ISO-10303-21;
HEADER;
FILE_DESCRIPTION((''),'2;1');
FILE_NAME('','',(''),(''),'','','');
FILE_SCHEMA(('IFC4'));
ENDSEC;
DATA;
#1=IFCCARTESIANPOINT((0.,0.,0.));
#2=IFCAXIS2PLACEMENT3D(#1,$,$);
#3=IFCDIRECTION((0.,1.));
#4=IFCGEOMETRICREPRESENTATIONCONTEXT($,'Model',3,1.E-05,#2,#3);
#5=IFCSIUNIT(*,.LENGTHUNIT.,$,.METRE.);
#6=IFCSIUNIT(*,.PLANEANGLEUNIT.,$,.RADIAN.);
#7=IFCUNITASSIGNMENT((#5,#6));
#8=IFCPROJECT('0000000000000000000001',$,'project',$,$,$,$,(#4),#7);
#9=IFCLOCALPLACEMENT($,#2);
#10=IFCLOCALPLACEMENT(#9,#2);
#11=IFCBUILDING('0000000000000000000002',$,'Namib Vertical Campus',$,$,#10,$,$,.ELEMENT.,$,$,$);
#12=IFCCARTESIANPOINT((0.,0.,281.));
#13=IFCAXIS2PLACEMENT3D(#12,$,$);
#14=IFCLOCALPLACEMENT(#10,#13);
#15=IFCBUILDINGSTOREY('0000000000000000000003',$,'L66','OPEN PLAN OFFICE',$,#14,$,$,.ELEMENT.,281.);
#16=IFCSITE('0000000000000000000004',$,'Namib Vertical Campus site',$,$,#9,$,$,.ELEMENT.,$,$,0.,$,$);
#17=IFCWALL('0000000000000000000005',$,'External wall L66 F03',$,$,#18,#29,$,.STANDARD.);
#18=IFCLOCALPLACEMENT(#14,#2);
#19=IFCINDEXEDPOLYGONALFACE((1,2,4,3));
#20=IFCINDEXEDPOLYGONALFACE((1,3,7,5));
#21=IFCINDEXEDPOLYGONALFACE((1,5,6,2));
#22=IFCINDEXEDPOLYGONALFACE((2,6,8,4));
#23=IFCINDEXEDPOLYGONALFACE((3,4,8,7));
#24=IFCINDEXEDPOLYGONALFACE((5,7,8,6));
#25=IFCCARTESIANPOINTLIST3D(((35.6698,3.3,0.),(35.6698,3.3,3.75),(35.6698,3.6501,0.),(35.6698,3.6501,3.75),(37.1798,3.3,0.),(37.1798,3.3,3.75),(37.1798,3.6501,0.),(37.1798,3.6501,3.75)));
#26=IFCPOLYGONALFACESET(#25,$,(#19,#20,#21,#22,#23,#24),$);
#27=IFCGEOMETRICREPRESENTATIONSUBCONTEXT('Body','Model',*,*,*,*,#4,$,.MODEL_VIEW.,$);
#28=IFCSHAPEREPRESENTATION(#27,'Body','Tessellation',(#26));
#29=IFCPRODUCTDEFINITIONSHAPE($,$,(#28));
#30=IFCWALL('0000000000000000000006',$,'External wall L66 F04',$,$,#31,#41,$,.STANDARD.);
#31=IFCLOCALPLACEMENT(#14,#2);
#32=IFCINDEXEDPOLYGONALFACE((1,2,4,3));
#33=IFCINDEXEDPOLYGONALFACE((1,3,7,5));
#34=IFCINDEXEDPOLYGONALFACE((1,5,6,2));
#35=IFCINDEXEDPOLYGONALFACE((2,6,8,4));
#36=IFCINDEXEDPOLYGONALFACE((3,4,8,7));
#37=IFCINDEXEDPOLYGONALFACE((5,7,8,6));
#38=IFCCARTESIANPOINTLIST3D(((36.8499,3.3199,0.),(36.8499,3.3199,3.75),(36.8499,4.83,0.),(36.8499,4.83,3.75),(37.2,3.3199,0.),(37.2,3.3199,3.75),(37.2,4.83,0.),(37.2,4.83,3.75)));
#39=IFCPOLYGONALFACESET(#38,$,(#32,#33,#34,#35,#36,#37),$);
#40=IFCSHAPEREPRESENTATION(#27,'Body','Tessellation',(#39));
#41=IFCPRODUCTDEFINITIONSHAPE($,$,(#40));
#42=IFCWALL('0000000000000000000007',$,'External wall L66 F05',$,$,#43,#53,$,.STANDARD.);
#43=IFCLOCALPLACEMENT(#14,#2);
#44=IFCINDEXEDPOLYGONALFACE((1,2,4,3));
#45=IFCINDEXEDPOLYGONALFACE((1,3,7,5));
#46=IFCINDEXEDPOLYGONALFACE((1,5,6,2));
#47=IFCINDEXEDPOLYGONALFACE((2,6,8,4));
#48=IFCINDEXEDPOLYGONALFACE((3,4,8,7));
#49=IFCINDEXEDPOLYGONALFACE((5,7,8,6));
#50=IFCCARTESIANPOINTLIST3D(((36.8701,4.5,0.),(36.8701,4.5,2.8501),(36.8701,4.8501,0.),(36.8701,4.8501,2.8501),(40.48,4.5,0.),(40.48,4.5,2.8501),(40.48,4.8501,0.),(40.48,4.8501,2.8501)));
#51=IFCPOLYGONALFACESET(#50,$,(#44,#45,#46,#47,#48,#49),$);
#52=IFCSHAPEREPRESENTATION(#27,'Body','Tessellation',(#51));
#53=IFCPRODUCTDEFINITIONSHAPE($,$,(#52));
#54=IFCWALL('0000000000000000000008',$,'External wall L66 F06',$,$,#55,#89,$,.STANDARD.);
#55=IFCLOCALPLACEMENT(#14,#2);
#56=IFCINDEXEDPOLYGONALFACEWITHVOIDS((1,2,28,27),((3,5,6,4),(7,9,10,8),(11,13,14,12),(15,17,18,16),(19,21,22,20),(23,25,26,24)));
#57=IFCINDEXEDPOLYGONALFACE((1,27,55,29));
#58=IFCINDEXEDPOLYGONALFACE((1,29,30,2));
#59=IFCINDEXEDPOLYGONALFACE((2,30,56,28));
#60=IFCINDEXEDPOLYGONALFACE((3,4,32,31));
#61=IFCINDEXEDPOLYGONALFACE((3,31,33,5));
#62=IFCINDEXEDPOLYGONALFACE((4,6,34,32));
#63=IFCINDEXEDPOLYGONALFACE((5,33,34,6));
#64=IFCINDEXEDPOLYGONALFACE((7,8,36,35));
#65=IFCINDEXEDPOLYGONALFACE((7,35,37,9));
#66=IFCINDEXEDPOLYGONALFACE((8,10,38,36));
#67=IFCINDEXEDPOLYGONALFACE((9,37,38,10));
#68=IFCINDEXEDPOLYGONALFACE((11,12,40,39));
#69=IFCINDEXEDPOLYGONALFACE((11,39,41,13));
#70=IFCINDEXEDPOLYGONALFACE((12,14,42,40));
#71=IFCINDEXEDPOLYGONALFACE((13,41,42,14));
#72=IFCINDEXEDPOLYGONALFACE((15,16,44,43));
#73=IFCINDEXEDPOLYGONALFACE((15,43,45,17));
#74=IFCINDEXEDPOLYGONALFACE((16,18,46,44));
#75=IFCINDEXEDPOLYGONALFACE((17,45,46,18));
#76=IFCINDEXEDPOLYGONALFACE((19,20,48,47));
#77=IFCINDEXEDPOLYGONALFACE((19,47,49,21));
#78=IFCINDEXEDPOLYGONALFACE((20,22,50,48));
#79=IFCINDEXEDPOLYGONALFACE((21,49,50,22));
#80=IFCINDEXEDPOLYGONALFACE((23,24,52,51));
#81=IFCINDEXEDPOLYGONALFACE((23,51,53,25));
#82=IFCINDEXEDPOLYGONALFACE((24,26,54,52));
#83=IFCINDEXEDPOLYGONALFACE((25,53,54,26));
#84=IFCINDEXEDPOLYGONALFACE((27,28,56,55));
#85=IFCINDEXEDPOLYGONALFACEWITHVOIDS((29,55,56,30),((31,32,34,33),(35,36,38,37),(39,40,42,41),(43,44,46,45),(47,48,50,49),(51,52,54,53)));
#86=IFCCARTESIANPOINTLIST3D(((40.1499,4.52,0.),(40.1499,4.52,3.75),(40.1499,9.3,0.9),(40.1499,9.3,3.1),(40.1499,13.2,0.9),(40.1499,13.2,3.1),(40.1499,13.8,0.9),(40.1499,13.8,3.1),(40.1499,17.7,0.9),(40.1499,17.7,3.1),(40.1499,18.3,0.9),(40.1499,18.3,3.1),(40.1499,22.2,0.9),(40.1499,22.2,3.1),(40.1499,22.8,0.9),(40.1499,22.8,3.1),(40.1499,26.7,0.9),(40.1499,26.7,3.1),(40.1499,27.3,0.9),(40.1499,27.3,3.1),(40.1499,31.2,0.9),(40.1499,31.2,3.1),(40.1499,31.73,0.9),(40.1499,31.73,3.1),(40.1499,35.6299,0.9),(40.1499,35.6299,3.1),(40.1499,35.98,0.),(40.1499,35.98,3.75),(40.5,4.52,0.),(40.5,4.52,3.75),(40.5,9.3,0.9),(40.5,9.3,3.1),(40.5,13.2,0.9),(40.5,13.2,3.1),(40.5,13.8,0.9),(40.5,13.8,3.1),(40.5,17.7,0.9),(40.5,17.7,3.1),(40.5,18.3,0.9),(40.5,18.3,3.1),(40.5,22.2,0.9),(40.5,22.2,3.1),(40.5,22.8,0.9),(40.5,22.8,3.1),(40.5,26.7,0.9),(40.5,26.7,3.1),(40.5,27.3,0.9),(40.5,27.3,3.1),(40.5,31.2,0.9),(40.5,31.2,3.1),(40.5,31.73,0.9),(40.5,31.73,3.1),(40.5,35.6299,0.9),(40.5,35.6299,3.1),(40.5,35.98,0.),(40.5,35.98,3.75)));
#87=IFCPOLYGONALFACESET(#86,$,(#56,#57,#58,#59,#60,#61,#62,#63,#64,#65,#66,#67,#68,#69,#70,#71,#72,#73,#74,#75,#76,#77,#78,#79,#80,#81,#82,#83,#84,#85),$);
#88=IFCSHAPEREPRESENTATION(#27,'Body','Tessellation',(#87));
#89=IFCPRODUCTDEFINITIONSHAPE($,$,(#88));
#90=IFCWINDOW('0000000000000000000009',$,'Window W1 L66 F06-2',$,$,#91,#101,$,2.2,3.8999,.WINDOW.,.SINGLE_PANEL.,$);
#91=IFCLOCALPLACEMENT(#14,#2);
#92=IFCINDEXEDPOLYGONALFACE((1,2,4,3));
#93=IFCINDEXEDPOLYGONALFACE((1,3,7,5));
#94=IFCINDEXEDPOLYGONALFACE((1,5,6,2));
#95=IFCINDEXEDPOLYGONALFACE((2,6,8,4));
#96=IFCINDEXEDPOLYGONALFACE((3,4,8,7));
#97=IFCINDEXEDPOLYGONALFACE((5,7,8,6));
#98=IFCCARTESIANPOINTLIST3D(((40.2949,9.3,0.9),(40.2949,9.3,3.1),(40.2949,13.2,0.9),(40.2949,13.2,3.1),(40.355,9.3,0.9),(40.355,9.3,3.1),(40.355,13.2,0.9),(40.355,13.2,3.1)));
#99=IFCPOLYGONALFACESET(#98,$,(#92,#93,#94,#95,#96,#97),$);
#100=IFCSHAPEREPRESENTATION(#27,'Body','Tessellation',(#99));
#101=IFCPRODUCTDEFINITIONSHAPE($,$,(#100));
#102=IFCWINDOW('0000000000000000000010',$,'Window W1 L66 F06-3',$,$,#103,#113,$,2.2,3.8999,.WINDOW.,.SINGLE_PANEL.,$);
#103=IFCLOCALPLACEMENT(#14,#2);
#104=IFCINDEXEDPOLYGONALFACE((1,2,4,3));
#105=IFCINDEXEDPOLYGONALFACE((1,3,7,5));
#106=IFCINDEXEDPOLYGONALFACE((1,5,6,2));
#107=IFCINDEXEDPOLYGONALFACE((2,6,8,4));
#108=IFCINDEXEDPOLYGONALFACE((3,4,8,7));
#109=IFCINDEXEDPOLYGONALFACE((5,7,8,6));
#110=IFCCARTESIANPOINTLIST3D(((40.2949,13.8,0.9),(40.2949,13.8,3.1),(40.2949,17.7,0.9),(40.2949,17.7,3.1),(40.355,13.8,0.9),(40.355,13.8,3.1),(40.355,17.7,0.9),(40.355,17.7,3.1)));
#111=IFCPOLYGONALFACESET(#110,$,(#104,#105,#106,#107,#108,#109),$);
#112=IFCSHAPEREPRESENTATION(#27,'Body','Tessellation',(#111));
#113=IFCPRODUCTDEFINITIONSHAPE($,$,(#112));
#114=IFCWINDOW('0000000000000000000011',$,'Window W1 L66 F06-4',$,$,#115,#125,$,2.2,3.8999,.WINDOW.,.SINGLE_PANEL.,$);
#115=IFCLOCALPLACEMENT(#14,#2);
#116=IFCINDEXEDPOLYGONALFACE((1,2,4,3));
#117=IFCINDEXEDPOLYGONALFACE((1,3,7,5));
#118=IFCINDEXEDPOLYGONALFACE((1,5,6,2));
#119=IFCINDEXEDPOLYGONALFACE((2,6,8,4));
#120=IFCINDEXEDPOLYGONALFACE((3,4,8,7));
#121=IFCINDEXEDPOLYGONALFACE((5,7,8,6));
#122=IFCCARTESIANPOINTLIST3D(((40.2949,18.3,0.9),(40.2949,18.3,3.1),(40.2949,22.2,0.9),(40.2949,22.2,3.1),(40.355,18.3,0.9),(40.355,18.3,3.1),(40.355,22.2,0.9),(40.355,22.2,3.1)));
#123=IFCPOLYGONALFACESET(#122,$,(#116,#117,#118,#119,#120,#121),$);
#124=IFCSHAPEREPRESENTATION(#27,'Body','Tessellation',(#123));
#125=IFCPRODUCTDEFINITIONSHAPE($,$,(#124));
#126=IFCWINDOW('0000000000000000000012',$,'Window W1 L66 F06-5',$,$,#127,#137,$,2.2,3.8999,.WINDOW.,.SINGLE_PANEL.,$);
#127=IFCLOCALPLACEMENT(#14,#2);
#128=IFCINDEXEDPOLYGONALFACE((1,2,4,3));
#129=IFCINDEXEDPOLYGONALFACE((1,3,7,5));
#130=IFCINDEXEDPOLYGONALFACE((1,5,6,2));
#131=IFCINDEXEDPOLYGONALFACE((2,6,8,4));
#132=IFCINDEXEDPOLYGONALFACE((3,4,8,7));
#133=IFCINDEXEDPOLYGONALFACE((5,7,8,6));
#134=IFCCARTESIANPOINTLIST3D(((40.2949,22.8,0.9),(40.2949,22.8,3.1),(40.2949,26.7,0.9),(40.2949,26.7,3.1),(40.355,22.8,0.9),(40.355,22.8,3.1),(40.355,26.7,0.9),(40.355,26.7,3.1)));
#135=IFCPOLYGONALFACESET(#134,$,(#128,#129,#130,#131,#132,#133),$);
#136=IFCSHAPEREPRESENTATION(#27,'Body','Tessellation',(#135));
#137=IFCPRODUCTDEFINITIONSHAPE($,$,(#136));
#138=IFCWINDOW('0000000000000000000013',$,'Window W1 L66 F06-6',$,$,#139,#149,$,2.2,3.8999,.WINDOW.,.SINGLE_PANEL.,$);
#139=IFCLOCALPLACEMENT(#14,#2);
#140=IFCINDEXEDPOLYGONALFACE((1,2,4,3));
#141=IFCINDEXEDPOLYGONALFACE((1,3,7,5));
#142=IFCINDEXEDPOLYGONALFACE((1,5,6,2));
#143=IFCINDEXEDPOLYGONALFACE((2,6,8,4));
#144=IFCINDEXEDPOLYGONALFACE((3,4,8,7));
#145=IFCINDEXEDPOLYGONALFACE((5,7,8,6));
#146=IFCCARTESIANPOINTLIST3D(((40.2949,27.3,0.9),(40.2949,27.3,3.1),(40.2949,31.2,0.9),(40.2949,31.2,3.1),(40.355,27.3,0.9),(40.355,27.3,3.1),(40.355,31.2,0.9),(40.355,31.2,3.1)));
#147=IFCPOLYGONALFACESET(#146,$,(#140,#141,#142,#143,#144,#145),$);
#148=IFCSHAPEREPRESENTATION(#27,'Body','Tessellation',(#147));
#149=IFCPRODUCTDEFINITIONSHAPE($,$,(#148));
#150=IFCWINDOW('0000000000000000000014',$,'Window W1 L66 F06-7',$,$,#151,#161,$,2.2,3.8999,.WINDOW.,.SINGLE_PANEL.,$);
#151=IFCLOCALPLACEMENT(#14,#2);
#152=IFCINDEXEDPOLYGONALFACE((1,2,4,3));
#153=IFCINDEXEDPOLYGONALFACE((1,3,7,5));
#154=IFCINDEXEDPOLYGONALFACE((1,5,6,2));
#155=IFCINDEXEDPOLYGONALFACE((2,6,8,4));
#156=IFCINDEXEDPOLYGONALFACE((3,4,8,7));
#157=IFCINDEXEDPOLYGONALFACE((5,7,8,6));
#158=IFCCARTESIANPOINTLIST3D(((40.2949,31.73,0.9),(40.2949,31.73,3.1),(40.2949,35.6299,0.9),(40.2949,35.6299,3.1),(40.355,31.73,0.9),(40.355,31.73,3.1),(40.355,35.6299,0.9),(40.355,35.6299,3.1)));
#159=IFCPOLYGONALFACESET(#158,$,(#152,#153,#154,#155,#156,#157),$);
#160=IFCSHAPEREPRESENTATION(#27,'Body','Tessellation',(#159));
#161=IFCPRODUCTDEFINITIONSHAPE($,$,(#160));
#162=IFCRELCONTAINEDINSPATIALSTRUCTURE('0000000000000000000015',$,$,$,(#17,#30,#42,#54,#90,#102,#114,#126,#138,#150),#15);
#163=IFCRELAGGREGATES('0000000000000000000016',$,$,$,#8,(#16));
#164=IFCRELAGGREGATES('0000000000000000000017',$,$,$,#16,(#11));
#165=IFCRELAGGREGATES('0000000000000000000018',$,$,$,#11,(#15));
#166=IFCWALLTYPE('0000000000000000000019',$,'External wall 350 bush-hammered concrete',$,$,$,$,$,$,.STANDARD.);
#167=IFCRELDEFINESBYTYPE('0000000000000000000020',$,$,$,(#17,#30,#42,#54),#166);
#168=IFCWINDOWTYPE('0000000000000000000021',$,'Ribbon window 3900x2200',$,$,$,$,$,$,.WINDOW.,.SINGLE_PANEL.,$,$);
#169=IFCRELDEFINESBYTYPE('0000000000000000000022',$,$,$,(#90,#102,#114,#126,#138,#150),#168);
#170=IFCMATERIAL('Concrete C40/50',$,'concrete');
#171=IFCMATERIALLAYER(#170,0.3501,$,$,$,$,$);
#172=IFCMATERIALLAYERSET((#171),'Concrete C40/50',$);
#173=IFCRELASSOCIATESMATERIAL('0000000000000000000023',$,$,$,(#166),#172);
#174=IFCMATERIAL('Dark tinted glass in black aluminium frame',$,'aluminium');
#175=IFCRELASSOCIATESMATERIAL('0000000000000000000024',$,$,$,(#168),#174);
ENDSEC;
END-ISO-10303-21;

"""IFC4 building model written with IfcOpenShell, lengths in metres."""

from ifc_helpers import new_model, si_unit, direction, frame, frame_2d, origin, place, context, subcontext, project, spatial, rectangle, extrude, material, layer, layer_set, type_object, element, fill, save


model = new_model("IFC4")

# Units and contexts
model_context = context("Model", 3, precision=1e-05, world=origin(), true_north=direction((0.0, 1.0)))
body_context = subcontext(model_context, "Body", "Model", "MODEL_VIEW")
ifc_project = project(units=[si_unit("LENGTHUNIT", "METRE"), si_unit("PLANEANGLEUNIT", "RADIAN")], contexts=[model_context])

# Site, building, storey
site_placement = place(None, origin())
site = spatial("IfcSite", under=ifc_project, at=site_placement, Name="Namib Vertical Campus site", CompositionType="ELEMENT", RefElevation=0.0)
building_placement = place(site_placement, origin())
building = spatial("IfcBuilding", under=site, at=building_placement, Name="Namib Vertical Campus", CompositionType="ELEMENT")
storey_placement = place(building_placement, frame((0.0, 0.0, 281.0)))
storey = spatial("IfcBuildingStorey", under=building, at=storey_placement, Name="L66", Description="OPEN PLAN OFFICE", CompositionType="ELEMENT", Elevation=281.0)

# Walls
ifc_material_1 = material(Name="Concrete C40/50", Category="concrete")
ifc_layer_1 = layer(ifc_material_1, 0.3501)
ifc_layer_set_1 = layer_set([ifc_layer_1], Name="Concrete C40/50")
wall_type = type_object("IfcWallType", Name="External wall 350 bush-hammered concrete", PredefinedType="STANDARD", material=ifc_layer_set_1)
for number, where, z_axis, x_axis, name in (
    (1, (35.6699, 3.4751, 0.0), (0.0, 0.0, 1.0), (1.0, 0.0, 0.0), "External wall L66 F03"),
    (2, (37.0249, 3.3201, 0.0), (0.0, 0.0, 1.0), (0.0, 1.0, 0.0), "External wall L66 F04"),
):
    element("IfcWall", number, at=place(storey_placement, frame(where, z_axis=z_axis, x_axis=x_axis)), inside=storey, type_object=wall_type, Name=name, PredefinedType="STANDARD", context=body_context, shape_type="SweptSolid", body=[
        extrude(rectangle(XDim=1.51, YDim=0.3501, at=frame_2d((0.7549, 0.0))), origin(), (0.0, 0.0, 1.0), 3.75),
    ])
wall_1_placement = place(storey_placement, frame((36.8701, 4.675, 0.0), z_axis=(0.0, 0.0, 1.0), x_axis=(1.0, 0.0, 0.0)))
element("IfcWall", 3, at=wall_1_placement, inside=storey, type_object=wall_type, Name="External wall L66 F05", PredefinedType="STANDARD", context=body_context, shape_type="SweptSolid", body=[
    extrude(rectangle(XDim=3.6099, YDim=0.3501, at=frame_2d((1.8049, 0.0))), origin(), (0.0, 0.0, 1.0), 2.8501),
])

# Wall, openings, windows
wall_2_placement = place(storey_placement, frame((40.325, 4.52, 0.0), z_axis=(0.0, 0.0, 1.0), x_axis=(0.0, 1.0, 0.0)))
wall_2 = element("IfcWall", 4, at=wall_2_placement, inside=storey, type_object=wall_type, Name="External wall L66 F06", PredefinedType="STANDARD", context=body_context, shape_type="SweptSolid", body=[
    extrude(rectangle(XDim=31.46, YDim=0.3501, at=frame_2d((15.73, 0.0))), origin(), (0.0, 0.0, 1.0), 3.75),
])
opening_1_placement = place(wall_2_placement, frame((4.78, 0.0, 0.8999)))
opening_1 = element("IfcOpeningElement", 5, at=opening_1_placement, cuts=wall_2, PredefinedType="OPENING", context=body_context, shape_type="SweptSolid", body=[
    extrude(rectangle(XDim=3.8999, YDim=2.2, at=frame_2d((1.95, 1.1001))), frame((0.0, 0.1851, 0.0), z_axis=(0.0, -1.0, 0.0), x_axis=(1.0, 0.0, 0.0)), (0.0, 0.0, 1.0), 0.3701),
])
opening_2_placement = place(wall_2_placement, frame((9.28, 0.0, 0.8999)))
opening_2 = element("IfcOpeningElement", 6, at=opening_2_placement, cuts=wall_2, PredefinedType="OPENING", context=body_context, shape_type="SweptSolid", body=[
    extrude(rectangle(XDim=3.8999, YDim=2.2, at=frame_2d((1.95, 1.1001))), frame((0.0, 0.1851, 0.0), z_axis=(0.0, -1.0, 0.0), x_axis=(1.0, 0.0, 0.0)), (0.0, 0.0, 1.0), 0.3701),
])
opening_3_placement = place(wall_2_placement, frame((13.78, 0.0, 0.8999)))
opening_3 = element("IfcOpeningElement", 7, at=opening_3_placement, cuts=wall_2, PredefinedType="OPENING", context=body_context, shape_type="SweptSolid", body=[
    extrude(rectangle(XDim=3.8999, YDim=2.2, at=frame_2d((1.95, 1.1001))), frame((0.0, 0.1851, 0.0), z_axis=(0.0, -1.0, 0.0), x_axis=(1.0, 0.0, 0.0)), (0.0, 0.0, 1.0), 0.3701),
])
opening_4_placement = place(wall_2_placement, frame((18.28, 0.0, 0.8999)))
opening_4 = element("IfcOpeningElement", 8, at=opening_4_placement, cuts=wall_2, PredefinedType="OPENING", context=body_context, shape_type="SweptSolid", body=[
    extrude(rectangle(XDim=3.8999, YDim=2.2, at=frame_2d((1.95, 1.1001))), frame((0.0, 0.1851, 0.0), z_axis=(0.0, -1.0, 0.0), x_axis=(1.0, 0.0, 0.0)), (0.0, 0.0, 1.0), 0.3701),
])
opening_5_placement = place(wall_2_placement, frame((22.78, 0.0, 0.8999)))
opening_5 = element("IfcOpeningElement", 9, at=opening_5_placement, cuts=wall_2, PredefinedType="OPENING", context=body_context, shape_type="SweptSolid", body=[
    extrude(rectangle(XDim=3.8999, YDim=2.2, at=frame_2d((1.95, 1.1001))), frame((0.0, 0.1851, 0.0), z_axis=(0.0, -1.0, 0.0), x_axis=(1.0, 0.0, 0.0)), (0.0, 0.0, 1.0), 0.3701),
])
opening_6_placement = place(wall_2_placement, frame((27.21, 0.0, 0.8999)))
opening_6 = element("IfcOpeningElement", 10, at=opening_6_placement, cuts=wall_2, PredefinedType="OPENING", context=body_context, shape_type="SweptSolid", body=[
    extrude(rectangle(XDim=3.8999, YDim=2.2, at=frame_2d((1.95, 1.1001))), frame((0.0, 0.1851, 0.0), z_axis=(0.0, -1.0, 0.0), x_axis=(1.0, 0.0, 0.0)), (0.0, 0.0, 1.0), 0.3701),
])
ifc_material_2 = material(Name="Dark tinted glass in black aluminium frame", Category="aluminium")
window_type = type_object("IfcWindowType", Name="Ribbon window 3900x2200", PartitioningType="SINGLE_PANEL", PredefinedType="WINDOW", material=ifc_material_2)
window_1_placement = place(opening_1_placement, origin())
window_1 = element("IfcWindow", 11, at=window_1_placement, inside=storey, type_object=window_type, Name="Window W1 L66 F06-2", OverallHeight=2.2, OverallWidth=3.8999, PartitioningType="SINGLE_PANEL", PredefinedType="WINDOW", context=body_context, shape_type="SweptSolid", body=[
    extrude(rectangle(XDim=3.8999, YDim=2.2, at=frame_2d((1.95, 1.1001))), frame((0.0, 0.03, 0.0), z_axis=(0.0, -1.0, 0.0), x_axis=(1.0, 0.0, 0.0)), (0.0, 0.0, 1.0), 0.0601),
])
fill(opening_1, window_1)
window_2_placement = place(opening_2_placement, origin())
window_2 = element("IfcWindow", 12, at=window_2_placement, inside=storey, type_object=window_type, Name="Window W1 L66 F06-3", OverallHeight=2.2, OverallWidth=3.8999, PartitioningType="SINGLE_PANEL", PredefinedType="WINDOW", context=body_context, shape_type="SweptSolid", body=[
    extrude(rectangle(XDim=3.8999, YDim=2.2, at=frame_2d((1.95, 1.1001))), frame((0.0, 0.03, 0.0), z_axis=(0.0, -1.0, 0.0), x_axis=(1.0, 0.0, 0.0)), (0.0, 0.0, 1.0), 0.0601),
])
fill(opening_2, window_2)
window_3_placement = place(opening_3_placement, origin())
window_3 = element("IfcWindow", 13, at=window_3_placement, inside=storey, type_object=window_type, Name="Window W1 L66 F06-4", OverallHeight=2.2, OverallWidth=3.8999, PartitioningType="SINGLE_PANEL", PredefinedType="WINDOW", context=body_context, shape_type="SweptSolid", body=[
    extrude(rectangle(XDim=3.8999, YDim=2.2, at=frame_2d((1.95, 1.1001))), frame((0.0, 0.03, 0.0), z_axis=(0.0, -1.0, 0.0), x_axis=(1.0, 0.0, 0.0)), (0.0, 0.0, 1.0), 0.0601),
])
fill(opening_3, window_3)
window_4_placement = place(opening_4_placement, origin())
window_4 = element("IfcWindow", 14, at=window_4_placement, inside=storey, type_object=window_type, Name="Window W1 L66 F06-5", OverallHeight=2.2, OverallWidth=3.8999, PartitioningType="SINGLE_PANEL", PredefinedType="WINDOW", context=body_context, shape_type="SweptSolid", body=[
    extrude(rectangle(XDim=3.8999, YDim=2.2, at=frame_2d((1.95, 1.1001))), frame((0.0, 0.03, 0.0), z_axis=(0.0, -1.0, 0.0), x_axis=(1.0, 0.0, 0.0)), (0.0, 0.0, 1.0), 0.0601),
])
fill(opening_4, window_4)
window_5_placement = place(opening_5_placement, origin())
window_5 = element("IfcWindow", 15, at=window_5_placement, inside=storey, type_object=window_type, Name="Window W1 L66 F06-6", OverallHeight=2.2, OverallWidth=3.8999, PartitioningType="SINGLE_PANEL", PredefinedType="WINDOW", context=body_context, shape_type="SweptSolid", body=[
    extrude(rectangle(XDim=3.8999, YDim=2.2, at=frame_2d((1.95, 1.1001))), frame((0.0, 0.03, 0.0), z_axis=(0.0, -1.0, 0.0), x_axis=(1.0, 0.0, 0.0)), (0.0, 0.0, 1.0), 0.0601),
])
fill(opening_5, window_5)
window_6_placement = place(opening_6_placement, origin())
window_6 = element("IfcWindow", 16, at=window_6_placement, inside=storey, type_object=window_type, Name="Window W1 L66 F06-7", OverallHeight=2.2, OverallWidth=3.8999, PartitioningType="SINGLE_PANEL", PredefinedType="WINDOW", context=body_context, shape_type="SweptSolid", body=[
    extrude(rectangle(XDim=3.8999, YDim=2.2, at=frame_2d((1.95, 1.1001))), frame((0.0, 0.03, 0.0), z_axis=(0.0, -1.0, 0.0), x_axis=(1.0, 0.0, 0.0)), (0.0, 0.0, 1.0), 0.0601),
])
fill(opening_6, window_6)

save(model, "model.ifc")
